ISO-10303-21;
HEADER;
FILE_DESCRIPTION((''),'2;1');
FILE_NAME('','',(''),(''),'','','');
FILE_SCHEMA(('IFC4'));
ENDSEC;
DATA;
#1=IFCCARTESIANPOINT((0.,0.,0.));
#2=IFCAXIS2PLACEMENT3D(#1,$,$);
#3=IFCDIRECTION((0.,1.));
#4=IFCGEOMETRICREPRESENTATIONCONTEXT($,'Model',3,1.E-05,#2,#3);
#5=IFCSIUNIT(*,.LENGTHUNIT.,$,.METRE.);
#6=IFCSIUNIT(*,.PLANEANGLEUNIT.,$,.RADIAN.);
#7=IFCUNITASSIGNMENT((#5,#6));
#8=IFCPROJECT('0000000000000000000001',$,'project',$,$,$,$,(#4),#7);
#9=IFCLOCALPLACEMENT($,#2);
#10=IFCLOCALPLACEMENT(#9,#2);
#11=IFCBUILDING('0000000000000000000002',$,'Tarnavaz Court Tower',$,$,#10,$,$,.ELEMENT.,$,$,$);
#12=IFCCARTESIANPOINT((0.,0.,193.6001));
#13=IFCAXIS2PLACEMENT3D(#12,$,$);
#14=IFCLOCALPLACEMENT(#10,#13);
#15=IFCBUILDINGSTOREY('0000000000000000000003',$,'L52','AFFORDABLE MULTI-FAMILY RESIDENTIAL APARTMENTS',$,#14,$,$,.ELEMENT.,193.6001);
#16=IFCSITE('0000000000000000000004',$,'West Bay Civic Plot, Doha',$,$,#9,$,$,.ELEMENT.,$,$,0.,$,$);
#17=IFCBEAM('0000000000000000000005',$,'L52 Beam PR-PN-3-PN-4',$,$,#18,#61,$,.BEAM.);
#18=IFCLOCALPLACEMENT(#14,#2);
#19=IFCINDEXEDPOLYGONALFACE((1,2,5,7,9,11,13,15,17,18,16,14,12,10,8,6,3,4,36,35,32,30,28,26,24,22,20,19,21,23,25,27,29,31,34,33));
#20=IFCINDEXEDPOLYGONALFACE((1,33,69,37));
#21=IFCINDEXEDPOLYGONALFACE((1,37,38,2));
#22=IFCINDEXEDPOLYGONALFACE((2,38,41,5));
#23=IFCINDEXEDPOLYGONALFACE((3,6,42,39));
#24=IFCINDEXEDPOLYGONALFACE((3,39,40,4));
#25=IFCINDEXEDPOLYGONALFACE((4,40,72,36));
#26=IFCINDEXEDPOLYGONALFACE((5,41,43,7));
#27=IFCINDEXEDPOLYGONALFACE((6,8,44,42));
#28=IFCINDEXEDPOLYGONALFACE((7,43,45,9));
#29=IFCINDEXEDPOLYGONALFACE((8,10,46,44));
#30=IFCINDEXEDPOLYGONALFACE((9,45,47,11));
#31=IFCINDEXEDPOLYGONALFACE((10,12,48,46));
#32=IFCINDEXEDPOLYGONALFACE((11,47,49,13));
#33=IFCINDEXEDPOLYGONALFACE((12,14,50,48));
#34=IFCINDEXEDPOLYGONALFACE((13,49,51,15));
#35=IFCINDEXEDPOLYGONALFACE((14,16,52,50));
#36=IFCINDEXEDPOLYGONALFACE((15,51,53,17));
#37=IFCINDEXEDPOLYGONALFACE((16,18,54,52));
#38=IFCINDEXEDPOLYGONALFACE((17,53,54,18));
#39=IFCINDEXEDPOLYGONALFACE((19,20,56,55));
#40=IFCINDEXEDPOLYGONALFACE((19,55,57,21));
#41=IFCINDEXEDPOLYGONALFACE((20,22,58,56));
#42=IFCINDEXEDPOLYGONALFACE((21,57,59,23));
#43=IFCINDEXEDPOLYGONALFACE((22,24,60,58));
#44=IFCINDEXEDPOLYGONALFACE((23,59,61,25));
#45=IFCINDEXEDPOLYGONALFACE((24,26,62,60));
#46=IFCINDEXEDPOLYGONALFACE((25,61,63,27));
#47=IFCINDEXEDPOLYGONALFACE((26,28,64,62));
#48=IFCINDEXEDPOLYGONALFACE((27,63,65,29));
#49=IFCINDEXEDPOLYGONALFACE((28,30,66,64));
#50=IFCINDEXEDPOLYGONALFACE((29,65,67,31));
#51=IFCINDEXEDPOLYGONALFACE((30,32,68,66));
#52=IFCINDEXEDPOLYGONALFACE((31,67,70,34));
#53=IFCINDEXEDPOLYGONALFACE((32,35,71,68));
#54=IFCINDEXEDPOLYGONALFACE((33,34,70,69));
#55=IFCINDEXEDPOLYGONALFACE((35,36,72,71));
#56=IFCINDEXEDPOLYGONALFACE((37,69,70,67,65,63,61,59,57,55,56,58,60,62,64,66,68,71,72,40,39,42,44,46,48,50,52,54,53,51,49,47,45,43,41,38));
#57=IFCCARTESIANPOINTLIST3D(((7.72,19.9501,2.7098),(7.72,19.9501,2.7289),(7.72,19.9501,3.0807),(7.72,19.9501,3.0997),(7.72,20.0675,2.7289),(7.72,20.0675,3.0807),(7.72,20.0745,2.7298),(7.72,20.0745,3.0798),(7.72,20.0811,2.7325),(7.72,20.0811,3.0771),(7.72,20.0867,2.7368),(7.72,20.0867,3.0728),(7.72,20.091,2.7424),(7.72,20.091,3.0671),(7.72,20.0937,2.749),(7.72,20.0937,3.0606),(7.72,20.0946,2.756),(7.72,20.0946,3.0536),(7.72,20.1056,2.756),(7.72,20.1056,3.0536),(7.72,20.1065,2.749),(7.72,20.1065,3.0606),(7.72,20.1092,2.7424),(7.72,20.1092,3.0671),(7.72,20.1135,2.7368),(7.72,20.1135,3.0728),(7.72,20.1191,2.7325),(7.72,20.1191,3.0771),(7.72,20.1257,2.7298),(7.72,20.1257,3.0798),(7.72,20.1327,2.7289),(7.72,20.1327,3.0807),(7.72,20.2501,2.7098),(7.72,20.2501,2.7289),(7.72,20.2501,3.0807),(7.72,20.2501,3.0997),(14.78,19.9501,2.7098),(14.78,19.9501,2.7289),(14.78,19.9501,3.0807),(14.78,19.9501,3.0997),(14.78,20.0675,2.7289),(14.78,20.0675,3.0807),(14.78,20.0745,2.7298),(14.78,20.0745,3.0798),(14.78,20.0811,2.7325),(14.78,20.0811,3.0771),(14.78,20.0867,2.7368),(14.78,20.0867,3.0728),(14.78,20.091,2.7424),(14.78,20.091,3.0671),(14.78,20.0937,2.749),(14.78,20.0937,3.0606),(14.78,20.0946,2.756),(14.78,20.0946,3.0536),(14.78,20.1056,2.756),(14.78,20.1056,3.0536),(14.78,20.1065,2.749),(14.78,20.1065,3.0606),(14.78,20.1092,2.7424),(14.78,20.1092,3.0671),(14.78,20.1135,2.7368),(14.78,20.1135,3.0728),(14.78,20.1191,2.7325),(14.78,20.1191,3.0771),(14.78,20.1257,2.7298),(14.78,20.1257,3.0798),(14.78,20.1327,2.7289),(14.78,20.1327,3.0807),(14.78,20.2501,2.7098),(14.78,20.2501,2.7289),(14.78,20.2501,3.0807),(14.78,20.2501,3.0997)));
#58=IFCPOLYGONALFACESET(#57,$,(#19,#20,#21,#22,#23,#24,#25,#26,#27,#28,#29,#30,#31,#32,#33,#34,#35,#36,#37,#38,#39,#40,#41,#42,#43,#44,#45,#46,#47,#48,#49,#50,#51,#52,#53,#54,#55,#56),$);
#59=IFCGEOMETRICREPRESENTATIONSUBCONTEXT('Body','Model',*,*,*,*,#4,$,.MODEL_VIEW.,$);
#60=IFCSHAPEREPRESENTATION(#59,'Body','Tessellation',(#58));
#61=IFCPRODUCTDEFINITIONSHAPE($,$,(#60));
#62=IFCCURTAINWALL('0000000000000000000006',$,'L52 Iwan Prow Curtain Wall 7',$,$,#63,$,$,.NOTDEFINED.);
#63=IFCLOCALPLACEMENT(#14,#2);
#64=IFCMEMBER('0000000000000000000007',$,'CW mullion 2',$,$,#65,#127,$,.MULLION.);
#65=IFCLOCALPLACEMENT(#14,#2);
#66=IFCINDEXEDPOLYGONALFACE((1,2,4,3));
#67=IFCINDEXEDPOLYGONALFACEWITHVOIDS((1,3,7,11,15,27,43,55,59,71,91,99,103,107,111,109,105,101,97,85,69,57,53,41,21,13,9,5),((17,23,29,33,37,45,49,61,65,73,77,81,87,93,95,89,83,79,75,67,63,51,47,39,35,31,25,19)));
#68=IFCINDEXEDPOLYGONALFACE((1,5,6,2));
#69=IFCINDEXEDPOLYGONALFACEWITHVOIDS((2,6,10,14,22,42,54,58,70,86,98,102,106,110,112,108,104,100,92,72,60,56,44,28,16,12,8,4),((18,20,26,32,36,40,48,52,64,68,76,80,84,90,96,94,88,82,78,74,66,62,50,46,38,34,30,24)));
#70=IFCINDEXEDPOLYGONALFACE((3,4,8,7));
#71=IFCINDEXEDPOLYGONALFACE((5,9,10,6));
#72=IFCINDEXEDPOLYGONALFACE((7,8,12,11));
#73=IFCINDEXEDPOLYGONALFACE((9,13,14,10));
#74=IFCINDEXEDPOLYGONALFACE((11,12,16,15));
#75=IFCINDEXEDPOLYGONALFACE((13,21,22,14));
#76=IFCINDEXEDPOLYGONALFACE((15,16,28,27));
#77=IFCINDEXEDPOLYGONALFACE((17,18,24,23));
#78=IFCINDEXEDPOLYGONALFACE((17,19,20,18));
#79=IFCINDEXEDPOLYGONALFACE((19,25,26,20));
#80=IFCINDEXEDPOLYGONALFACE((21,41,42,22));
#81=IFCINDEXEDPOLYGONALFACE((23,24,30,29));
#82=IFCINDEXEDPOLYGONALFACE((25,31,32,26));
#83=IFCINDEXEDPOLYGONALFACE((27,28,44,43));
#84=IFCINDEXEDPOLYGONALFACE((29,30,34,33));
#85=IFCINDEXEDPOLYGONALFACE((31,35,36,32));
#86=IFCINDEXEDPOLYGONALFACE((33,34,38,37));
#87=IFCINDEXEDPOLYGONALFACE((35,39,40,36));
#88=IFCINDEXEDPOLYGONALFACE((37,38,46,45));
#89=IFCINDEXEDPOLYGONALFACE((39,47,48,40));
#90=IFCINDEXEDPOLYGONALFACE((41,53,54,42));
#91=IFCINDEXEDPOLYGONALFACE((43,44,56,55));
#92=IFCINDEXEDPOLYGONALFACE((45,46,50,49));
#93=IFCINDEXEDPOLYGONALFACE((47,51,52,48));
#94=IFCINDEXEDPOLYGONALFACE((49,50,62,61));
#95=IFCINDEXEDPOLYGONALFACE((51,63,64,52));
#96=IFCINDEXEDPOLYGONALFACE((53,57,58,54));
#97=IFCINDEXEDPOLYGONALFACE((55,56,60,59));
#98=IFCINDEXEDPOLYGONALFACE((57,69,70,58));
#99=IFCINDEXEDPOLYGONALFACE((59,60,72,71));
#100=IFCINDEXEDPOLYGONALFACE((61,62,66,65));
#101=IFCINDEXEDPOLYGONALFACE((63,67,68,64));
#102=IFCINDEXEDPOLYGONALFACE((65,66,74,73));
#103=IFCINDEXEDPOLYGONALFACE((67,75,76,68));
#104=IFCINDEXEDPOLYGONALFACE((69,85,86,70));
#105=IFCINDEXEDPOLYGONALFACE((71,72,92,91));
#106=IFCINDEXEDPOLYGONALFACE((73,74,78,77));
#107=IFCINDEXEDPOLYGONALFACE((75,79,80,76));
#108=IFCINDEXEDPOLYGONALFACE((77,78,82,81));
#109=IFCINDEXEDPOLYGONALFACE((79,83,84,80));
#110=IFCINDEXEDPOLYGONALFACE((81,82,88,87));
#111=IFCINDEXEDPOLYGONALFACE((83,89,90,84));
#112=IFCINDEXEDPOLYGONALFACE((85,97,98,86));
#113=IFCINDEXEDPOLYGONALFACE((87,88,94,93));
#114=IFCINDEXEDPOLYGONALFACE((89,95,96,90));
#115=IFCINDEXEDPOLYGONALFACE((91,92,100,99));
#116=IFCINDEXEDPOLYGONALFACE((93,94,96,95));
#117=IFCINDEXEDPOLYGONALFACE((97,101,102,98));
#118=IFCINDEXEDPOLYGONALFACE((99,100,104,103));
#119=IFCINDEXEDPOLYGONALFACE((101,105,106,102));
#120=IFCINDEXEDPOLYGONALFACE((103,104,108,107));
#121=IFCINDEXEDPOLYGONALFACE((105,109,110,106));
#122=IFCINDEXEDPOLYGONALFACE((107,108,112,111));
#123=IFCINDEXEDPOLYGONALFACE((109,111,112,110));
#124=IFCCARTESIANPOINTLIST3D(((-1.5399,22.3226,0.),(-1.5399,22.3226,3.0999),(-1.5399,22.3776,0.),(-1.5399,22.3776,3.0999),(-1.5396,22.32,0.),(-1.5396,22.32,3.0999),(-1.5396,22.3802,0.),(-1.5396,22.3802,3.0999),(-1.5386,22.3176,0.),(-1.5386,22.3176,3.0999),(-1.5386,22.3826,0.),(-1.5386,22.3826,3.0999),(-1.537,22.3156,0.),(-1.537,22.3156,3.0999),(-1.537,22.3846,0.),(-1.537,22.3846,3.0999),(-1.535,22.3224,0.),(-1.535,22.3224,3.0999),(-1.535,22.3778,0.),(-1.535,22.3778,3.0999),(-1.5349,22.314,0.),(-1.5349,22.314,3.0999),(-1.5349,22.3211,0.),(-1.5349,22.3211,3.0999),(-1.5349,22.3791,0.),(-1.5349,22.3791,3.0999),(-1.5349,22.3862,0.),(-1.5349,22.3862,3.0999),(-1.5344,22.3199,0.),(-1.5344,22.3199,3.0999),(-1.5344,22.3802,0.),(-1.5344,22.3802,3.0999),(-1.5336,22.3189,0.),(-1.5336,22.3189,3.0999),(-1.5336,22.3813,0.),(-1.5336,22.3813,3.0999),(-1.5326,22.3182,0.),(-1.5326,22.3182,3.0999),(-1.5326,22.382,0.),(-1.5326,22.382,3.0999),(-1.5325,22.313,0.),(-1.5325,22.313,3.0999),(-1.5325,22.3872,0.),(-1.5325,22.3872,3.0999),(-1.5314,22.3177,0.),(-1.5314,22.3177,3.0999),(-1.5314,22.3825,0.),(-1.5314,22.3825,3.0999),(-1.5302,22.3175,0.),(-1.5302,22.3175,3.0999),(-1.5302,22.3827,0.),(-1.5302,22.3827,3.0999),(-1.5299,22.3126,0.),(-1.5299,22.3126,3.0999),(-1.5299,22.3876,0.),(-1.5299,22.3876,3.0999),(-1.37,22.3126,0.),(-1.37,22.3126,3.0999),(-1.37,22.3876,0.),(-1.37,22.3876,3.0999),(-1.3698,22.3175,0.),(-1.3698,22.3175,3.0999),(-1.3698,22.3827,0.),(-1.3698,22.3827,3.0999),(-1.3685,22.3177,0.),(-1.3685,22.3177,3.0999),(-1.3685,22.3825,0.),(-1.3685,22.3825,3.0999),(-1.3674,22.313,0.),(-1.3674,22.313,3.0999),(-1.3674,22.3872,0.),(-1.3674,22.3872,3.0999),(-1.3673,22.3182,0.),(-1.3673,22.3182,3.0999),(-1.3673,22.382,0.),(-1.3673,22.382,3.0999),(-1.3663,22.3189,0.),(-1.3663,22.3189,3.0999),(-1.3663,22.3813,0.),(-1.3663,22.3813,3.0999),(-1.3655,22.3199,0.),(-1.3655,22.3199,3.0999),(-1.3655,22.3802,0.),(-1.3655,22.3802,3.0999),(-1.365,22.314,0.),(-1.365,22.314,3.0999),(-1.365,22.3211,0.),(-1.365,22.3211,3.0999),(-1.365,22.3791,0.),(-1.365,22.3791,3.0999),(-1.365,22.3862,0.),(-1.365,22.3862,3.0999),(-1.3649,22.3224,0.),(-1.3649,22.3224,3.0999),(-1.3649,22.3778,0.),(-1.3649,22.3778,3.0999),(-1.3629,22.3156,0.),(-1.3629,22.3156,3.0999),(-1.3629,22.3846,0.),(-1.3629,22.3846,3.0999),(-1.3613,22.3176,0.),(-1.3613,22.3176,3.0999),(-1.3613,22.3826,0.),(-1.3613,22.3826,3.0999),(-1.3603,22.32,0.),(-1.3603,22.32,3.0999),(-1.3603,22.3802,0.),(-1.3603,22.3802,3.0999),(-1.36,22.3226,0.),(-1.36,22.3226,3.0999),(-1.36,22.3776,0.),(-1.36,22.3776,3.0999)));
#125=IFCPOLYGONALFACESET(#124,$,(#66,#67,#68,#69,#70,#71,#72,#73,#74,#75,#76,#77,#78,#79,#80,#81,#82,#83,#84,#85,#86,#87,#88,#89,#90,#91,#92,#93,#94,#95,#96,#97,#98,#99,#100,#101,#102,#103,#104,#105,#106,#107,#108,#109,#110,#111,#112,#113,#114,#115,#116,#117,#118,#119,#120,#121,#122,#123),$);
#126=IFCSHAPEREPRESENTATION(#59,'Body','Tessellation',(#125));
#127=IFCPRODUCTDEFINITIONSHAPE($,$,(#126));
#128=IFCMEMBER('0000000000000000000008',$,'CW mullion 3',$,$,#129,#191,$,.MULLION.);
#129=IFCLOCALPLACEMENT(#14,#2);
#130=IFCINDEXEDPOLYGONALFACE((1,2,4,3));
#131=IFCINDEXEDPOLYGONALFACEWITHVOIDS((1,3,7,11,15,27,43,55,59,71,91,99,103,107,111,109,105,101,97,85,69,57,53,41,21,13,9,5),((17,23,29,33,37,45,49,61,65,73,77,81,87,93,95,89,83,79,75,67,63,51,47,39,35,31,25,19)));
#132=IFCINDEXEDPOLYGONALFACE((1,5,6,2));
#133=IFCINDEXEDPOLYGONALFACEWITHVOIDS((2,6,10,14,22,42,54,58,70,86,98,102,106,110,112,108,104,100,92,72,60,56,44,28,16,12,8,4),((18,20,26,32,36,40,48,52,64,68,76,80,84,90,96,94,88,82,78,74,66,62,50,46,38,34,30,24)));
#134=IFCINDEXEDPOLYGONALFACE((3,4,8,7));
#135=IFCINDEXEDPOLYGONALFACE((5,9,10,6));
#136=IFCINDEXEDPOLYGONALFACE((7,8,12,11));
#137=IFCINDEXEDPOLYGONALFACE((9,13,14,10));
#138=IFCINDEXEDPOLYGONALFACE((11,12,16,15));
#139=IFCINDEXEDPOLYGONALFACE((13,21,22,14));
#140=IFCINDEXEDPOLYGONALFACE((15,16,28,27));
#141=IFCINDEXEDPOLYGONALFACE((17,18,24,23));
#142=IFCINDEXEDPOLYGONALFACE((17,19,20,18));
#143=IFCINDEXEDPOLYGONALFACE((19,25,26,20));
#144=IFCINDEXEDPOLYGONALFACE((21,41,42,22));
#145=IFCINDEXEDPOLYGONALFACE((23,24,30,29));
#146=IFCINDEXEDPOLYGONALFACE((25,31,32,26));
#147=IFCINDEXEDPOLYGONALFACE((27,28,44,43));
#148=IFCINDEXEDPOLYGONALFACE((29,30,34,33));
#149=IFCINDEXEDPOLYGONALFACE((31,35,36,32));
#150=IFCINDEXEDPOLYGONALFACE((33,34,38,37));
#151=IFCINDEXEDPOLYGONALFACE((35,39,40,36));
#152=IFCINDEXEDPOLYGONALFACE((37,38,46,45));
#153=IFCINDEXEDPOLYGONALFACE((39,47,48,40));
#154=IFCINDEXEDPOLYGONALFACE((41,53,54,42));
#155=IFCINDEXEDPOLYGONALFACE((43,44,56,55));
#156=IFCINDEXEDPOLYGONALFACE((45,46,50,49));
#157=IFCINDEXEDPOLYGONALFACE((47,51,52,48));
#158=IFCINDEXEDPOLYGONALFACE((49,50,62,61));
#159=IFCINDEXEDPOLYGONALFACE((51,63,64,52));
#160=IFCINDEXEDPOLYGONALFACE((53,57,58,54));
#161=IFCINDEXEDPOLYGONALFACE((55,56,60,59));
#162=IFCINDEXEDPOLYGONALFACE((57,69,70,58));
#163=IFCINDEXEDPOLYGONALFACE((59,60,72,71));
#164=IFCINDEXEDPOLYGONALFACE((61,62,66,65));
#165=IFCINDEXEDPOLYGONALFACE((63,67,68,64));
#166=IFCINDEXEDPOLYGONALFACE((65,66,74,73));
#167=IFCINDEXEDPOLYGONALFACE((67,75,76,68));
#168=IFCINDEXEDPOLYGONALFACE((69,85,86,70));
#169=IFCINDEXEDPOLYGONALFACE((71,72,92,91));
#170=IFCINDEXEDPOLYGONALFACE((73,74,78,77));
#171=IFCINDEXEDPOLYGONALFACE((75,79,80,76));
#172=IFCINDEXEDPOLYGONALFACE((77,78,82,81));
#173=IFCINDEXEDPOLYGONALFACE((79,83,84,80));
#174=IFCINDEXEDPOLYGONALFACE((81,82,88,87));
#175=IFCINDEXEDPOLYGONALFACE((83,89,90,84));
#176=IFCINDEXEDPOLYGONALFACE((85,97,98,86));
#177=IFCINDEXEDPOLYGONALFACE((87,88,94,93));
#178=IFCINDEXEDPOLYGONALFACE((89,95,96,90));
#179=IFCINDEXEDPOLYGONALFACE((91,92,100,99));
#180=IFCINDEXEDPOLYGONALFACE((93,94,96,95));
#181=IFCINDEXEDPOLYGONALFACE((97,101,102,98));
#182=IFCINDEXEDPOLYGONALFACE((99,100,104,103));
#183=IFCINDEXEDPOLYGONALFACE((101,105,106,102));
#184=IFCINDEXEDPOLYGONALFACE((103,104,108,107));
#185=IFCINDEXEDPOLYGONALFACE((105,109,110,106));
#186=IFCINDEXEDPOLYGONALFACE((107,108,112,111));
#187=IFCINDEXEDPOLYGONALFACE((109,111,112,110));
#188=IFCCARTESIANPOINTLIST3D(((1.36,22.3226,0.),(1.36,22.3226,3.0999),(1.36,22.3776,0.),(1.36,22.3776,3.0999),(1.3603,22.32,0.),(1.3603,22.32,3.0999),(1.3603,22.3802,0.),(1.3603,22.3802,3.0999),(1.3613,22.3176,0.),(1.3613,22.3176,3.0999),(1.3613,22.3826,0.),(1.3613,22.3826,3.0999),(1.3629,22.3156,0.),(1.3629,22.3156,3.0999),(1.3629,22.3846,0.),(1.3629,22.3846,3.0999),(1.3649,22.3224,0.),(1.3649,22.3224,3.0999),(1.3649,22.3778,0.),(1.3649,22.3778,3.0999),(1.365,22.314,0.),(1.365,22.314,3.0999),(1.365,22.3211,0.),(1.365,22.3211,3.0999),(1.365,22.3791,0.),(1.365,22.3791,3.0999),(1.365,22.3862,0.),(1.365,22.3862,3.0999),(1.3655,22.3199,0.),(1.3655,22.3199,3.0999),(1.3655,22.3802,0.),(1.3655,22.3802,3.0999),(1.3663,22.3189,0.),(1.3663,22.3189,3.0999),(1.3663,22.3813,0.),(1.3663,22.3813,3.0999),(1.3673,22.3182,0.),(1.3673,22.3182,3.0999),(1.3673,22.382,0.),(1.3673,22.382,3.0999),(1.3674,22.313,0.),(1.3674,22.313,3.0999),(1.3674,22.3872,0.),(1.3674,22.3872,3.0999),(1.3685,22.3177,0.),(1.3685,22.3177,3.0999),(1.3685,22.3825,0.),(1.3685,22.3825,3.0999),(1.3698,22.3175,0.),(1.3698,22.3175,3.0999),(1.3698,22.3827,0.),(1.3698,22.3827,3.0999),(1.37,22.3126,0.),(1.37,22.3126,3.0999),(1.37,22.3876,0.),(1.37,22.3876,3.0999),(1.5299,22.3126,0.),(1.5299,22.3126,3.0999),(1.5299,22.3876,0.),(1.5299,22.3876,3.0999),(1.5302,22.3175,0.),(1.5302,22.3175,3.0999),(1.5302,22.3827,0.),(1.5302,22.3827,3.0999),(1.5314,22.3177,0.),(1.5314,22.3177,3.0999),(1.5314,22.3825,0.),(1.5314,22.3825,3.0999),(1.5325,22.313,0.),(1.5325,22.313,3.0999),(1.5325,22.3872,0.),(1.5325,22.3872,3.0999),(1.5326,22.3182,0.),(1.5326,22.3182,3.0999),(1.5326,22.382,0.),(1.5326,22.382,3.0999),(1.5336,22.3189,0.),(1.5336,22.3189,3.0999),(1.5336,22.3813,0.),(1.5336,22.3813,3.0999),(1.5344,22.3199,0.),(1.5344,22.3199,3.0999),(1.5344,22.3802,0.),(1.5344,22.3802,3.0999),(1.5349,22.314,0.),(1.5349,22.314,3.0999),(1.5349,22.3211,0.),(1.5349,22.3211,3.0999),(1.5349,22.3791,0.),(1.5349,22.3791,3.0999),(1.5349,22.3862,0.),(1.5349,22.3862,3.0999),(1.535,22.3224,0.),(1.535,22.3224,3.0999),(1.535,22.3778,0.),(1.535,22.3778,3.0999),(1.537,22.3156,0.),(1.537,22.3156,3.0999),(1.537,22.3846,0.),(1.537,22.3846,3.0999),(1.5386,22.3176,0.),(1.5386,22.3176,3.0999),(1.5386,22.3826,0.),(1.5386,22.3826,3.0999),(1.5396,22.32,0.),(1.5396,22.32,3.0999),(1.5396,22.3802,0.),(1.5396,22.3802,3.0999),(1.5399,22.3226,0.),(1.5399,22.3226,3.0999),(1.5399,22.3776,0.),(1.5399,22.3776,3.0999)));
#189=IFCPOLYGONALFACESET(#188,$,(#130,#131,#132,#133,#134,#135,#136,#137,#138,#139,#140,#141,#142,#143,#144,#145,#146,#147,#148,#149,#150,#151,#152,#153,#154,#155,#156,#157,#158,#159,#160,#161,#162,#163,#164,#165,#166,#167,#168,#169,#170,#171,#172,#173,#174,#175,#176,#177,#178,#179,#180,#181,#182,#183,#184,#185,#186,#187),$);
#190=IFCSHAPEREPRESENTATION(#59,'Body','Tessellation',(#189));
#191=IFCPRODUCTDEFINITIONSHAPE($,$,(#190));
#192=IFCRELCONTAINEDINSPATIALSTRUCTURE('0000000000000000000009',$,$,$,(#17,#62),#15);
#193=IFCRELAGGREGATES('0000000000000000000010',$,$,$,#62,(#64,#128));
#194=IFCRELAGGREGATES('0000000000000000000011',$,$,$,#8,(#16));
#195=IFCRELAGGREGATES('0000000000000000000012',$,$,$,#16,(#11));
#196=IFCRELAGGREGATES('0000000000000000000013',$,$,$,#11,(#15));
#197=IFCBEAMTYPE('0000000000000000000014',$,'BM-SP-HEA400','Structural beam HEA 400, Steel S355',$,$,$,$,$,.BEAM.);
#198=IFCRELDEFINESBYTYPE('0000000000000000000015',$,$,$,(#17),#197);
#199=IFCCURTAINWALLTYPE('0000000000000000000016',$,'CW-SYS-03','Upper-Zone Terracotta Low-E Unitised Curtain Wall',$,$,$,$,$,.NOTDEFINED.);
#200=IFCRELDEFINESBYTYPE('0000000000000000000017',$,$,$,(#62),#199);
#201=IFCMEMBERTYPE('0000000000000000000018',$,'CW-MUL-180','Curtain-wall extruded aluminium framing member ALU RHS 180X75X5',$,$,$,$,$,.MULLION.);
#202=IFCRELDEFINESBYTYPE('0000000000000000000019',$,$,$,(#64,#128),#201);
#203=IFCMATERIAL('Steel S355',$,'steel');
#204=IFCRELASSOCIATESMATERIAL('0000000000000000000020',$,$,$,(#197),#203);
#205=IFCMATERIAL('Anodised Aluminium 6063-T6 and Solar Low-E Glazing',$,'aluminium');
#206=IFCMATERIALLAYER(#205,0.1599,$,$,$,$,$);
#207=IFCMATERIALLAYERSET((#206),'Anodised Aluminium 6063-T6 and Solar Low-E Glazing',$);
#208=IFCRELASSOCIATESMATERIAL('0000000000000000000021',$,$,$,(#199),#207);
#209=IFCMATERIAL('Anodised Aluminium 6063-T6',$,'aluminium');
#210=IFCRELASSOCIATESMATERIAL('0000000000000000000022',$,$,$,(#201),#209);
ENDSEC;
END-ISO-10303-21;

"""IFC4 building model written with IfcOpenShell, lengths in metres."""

from ifc_helpers import new_model, si_unit, direction, frame, origin, origin_2d, place, context, subcontext, project, spatial, hollow_rectangle, i_section, extrude, material, layer, layer_set, material_profile, profile_set, type_object, element, aggregate, save


model = new_model("IFC4")

# Units and contexts
model_context = context("Model", 3, precision=1e-05, world=origin(), true_north=direction((0.0, 1.0)))
body_context = subcontext(model_context, "Body", "Model", "MODEL_VIEW")
ifc_project = project(units=[si_unit("LENGTHUNIT", "METRE"), si_unit("PLANEANGLEUNIT", "RADIAN")], contexts=[model_context])

# Site, building, storey
site_placement = place(None, origin())
site = spatial("IfcSite", under=ifc_project, at=site_placement, Name="West Bay Civic Plot, Doha", CompositionType="ELEMENT", RefElevation=0.0)
building_placement = place(site_placement, origin())
building = spatial("IfcBuilding", under=site, at=building_placement, Name="Tarnavaz Court Tower", CompositionType="ELEMENT")
storey_placement = place(building_placement, frame((0.0, 0.0, 193.6001)))
storey = spatial("IfcBuildingStorey", under=building, at=storey_placement, Name="L52", Description="AFFORDABLE MULTI-FAMILY RESIDENTIAL APARTMENTS", CompositionType="ELEMENT", Elevation=193.6001)

# Beam
ifc_material_1 = material(Name="Steel S355", Category="steel")
ifc_material_profile_1 = material_profile(ifc_material_1, i_section(OverallWidth=0.3, OverallDepth=0.3899, WebThickness=0.011, FlangeThickness=0.019, FilletRadius=0.0271, at=origin_2d()), Name="HEA 400")
ifc_profile_set_1 = profile_set([ifc_material_profile_1], Name="Steel S355")
beam_type_1 = type_object("IfcBeamType", Name="BM-SP-HEA400", Description="Structural beam HEA 400, Steel S355", PredefinedType="BEAM", material=ifc_profile_set_1)
beam_placement = place(storey_placement, frame((7.72, 20.1001, 2.9048), z_axis=(1.0, 0.0, 0.0), x_axis=(0.0, 1.0, 0.0)))
element("IfcBeam", 1, at=beam_placement, inside=storey, type_object=beam_type_1, Name="L52 Beam PR-PN-3-PN-4", PredefinedType="BEAM", context=body_context, shape_type="SweptSolid", body=[
    extrude(i_section(OverallWidth=0.3, OverallDepth=0.3899, WebThickness=0.011, FlangeThickness=0.019, FilletRadius=0.0271, at=origin_2d()), origin(), (0.0, 0.0, 1.0), 7.0601),
])

# Curtain wall, members
ifc_material_2 = material(Name="Anodised Aluminium 6063-T6 and Solar Low-E Glazing", Category="aluminium")
ifc_layer_1 = layer(ifc_material_2, 0.1599)
ifc_layer_set_1 = layer_set([ifc_layer_1], Name="Anodised Aluminium 6063-T6 and Solar Low-E Glazing")
curtain_wall_type = type_object("IfcCurtainWallType", Name="CW-SYS-03", Description="Upper-Zone Terracotta Low-E Unitised Curtain Wall", PredefinedType="NOTDEFINED", material=ifc_layer_set_1)
curtain_wall_placement = place(storey_placement, origin())
curtain_wall = element("IfcCurtainWall", 2, at=curtain_wall_placement, inside=storey, type_object=curtain_wall_type, Name="L52 Iwan Prow Curtain Wall 7", PredefinedType="NOTDEFINED")
ifc_material_3 = material(Name="Anodised Aluminium 6063-T6", Category="aluminium")
ifc_material_profile_2 = material_profile(ifc_material_3, hollow_rectangle(XDim=0.075, YDim=0.1799, WallThickness=0.0049, InnerFilletRadius=0.0049, OuterFilletRadius=0.01, at=origin_2d()), Name="ALU RHS 180X75X5")
ifc_profile_set_2 = profile_set([ifc_material_profile_2], Name="Anodised Aluminium 6063-T6")
member_type_1 = type_object("IfcMemberType", Name="CW-MUL-180", Description="Curtain-wall extruded aluminium framing member ALU RHS 180X75X5", PredefinedType="MULLION", material=ifc_profile_set_2)
member_1_placement = place(storey_placement, frame((-1.45, 22.3501, 0.0), z_axis=(0.0, 0.0, 1.0), x_axis=(0.0, 1.0, 0.0)))
member_1 = element("IfcMember", 3, at=member_1_placement, type_object=member_type_1, Name="CW mullion 2", PredefinedType="MULLION", context=body_context, shape_type="SweptSolid", body=[
    extrude(hollow_rectangle(XDim=0.075, YDim=0.1799, WallThickness=0.0049, InnerFilletRadius=0.0049, OuterFilletRadius=0.01, at=origin_2d()), origin(), (0.0, 0.0, 1.0), 3.0999),
])
member_2_placement = place(storey_placement, frame((1.45, 22.3501, 0.0), z_axis=(0.0, 0.0, 1.0), x_axis=(0.0, 1.0, 0.0)))
member_2 = element("IfcMember", 4, at=member_2_placement, type_object=member_type_1, Name="CW mullion 3", PredefinedType="MULLION", context=body_context, shape_type="SweptSolid", body=[
    extrude(hollow_rectangle(XDim=0.075, YDim=0.1799, WallThickness=0.0049, InnerFilletRadius=0.0049, OuterFilletRadius=0.01, at=origin_2d()), origin(), (0.0, 0.0, 1.0), 3.0999),
])
aggregate(curtain_wall, [member_1, member_2])

save(model, "model.ifc")
